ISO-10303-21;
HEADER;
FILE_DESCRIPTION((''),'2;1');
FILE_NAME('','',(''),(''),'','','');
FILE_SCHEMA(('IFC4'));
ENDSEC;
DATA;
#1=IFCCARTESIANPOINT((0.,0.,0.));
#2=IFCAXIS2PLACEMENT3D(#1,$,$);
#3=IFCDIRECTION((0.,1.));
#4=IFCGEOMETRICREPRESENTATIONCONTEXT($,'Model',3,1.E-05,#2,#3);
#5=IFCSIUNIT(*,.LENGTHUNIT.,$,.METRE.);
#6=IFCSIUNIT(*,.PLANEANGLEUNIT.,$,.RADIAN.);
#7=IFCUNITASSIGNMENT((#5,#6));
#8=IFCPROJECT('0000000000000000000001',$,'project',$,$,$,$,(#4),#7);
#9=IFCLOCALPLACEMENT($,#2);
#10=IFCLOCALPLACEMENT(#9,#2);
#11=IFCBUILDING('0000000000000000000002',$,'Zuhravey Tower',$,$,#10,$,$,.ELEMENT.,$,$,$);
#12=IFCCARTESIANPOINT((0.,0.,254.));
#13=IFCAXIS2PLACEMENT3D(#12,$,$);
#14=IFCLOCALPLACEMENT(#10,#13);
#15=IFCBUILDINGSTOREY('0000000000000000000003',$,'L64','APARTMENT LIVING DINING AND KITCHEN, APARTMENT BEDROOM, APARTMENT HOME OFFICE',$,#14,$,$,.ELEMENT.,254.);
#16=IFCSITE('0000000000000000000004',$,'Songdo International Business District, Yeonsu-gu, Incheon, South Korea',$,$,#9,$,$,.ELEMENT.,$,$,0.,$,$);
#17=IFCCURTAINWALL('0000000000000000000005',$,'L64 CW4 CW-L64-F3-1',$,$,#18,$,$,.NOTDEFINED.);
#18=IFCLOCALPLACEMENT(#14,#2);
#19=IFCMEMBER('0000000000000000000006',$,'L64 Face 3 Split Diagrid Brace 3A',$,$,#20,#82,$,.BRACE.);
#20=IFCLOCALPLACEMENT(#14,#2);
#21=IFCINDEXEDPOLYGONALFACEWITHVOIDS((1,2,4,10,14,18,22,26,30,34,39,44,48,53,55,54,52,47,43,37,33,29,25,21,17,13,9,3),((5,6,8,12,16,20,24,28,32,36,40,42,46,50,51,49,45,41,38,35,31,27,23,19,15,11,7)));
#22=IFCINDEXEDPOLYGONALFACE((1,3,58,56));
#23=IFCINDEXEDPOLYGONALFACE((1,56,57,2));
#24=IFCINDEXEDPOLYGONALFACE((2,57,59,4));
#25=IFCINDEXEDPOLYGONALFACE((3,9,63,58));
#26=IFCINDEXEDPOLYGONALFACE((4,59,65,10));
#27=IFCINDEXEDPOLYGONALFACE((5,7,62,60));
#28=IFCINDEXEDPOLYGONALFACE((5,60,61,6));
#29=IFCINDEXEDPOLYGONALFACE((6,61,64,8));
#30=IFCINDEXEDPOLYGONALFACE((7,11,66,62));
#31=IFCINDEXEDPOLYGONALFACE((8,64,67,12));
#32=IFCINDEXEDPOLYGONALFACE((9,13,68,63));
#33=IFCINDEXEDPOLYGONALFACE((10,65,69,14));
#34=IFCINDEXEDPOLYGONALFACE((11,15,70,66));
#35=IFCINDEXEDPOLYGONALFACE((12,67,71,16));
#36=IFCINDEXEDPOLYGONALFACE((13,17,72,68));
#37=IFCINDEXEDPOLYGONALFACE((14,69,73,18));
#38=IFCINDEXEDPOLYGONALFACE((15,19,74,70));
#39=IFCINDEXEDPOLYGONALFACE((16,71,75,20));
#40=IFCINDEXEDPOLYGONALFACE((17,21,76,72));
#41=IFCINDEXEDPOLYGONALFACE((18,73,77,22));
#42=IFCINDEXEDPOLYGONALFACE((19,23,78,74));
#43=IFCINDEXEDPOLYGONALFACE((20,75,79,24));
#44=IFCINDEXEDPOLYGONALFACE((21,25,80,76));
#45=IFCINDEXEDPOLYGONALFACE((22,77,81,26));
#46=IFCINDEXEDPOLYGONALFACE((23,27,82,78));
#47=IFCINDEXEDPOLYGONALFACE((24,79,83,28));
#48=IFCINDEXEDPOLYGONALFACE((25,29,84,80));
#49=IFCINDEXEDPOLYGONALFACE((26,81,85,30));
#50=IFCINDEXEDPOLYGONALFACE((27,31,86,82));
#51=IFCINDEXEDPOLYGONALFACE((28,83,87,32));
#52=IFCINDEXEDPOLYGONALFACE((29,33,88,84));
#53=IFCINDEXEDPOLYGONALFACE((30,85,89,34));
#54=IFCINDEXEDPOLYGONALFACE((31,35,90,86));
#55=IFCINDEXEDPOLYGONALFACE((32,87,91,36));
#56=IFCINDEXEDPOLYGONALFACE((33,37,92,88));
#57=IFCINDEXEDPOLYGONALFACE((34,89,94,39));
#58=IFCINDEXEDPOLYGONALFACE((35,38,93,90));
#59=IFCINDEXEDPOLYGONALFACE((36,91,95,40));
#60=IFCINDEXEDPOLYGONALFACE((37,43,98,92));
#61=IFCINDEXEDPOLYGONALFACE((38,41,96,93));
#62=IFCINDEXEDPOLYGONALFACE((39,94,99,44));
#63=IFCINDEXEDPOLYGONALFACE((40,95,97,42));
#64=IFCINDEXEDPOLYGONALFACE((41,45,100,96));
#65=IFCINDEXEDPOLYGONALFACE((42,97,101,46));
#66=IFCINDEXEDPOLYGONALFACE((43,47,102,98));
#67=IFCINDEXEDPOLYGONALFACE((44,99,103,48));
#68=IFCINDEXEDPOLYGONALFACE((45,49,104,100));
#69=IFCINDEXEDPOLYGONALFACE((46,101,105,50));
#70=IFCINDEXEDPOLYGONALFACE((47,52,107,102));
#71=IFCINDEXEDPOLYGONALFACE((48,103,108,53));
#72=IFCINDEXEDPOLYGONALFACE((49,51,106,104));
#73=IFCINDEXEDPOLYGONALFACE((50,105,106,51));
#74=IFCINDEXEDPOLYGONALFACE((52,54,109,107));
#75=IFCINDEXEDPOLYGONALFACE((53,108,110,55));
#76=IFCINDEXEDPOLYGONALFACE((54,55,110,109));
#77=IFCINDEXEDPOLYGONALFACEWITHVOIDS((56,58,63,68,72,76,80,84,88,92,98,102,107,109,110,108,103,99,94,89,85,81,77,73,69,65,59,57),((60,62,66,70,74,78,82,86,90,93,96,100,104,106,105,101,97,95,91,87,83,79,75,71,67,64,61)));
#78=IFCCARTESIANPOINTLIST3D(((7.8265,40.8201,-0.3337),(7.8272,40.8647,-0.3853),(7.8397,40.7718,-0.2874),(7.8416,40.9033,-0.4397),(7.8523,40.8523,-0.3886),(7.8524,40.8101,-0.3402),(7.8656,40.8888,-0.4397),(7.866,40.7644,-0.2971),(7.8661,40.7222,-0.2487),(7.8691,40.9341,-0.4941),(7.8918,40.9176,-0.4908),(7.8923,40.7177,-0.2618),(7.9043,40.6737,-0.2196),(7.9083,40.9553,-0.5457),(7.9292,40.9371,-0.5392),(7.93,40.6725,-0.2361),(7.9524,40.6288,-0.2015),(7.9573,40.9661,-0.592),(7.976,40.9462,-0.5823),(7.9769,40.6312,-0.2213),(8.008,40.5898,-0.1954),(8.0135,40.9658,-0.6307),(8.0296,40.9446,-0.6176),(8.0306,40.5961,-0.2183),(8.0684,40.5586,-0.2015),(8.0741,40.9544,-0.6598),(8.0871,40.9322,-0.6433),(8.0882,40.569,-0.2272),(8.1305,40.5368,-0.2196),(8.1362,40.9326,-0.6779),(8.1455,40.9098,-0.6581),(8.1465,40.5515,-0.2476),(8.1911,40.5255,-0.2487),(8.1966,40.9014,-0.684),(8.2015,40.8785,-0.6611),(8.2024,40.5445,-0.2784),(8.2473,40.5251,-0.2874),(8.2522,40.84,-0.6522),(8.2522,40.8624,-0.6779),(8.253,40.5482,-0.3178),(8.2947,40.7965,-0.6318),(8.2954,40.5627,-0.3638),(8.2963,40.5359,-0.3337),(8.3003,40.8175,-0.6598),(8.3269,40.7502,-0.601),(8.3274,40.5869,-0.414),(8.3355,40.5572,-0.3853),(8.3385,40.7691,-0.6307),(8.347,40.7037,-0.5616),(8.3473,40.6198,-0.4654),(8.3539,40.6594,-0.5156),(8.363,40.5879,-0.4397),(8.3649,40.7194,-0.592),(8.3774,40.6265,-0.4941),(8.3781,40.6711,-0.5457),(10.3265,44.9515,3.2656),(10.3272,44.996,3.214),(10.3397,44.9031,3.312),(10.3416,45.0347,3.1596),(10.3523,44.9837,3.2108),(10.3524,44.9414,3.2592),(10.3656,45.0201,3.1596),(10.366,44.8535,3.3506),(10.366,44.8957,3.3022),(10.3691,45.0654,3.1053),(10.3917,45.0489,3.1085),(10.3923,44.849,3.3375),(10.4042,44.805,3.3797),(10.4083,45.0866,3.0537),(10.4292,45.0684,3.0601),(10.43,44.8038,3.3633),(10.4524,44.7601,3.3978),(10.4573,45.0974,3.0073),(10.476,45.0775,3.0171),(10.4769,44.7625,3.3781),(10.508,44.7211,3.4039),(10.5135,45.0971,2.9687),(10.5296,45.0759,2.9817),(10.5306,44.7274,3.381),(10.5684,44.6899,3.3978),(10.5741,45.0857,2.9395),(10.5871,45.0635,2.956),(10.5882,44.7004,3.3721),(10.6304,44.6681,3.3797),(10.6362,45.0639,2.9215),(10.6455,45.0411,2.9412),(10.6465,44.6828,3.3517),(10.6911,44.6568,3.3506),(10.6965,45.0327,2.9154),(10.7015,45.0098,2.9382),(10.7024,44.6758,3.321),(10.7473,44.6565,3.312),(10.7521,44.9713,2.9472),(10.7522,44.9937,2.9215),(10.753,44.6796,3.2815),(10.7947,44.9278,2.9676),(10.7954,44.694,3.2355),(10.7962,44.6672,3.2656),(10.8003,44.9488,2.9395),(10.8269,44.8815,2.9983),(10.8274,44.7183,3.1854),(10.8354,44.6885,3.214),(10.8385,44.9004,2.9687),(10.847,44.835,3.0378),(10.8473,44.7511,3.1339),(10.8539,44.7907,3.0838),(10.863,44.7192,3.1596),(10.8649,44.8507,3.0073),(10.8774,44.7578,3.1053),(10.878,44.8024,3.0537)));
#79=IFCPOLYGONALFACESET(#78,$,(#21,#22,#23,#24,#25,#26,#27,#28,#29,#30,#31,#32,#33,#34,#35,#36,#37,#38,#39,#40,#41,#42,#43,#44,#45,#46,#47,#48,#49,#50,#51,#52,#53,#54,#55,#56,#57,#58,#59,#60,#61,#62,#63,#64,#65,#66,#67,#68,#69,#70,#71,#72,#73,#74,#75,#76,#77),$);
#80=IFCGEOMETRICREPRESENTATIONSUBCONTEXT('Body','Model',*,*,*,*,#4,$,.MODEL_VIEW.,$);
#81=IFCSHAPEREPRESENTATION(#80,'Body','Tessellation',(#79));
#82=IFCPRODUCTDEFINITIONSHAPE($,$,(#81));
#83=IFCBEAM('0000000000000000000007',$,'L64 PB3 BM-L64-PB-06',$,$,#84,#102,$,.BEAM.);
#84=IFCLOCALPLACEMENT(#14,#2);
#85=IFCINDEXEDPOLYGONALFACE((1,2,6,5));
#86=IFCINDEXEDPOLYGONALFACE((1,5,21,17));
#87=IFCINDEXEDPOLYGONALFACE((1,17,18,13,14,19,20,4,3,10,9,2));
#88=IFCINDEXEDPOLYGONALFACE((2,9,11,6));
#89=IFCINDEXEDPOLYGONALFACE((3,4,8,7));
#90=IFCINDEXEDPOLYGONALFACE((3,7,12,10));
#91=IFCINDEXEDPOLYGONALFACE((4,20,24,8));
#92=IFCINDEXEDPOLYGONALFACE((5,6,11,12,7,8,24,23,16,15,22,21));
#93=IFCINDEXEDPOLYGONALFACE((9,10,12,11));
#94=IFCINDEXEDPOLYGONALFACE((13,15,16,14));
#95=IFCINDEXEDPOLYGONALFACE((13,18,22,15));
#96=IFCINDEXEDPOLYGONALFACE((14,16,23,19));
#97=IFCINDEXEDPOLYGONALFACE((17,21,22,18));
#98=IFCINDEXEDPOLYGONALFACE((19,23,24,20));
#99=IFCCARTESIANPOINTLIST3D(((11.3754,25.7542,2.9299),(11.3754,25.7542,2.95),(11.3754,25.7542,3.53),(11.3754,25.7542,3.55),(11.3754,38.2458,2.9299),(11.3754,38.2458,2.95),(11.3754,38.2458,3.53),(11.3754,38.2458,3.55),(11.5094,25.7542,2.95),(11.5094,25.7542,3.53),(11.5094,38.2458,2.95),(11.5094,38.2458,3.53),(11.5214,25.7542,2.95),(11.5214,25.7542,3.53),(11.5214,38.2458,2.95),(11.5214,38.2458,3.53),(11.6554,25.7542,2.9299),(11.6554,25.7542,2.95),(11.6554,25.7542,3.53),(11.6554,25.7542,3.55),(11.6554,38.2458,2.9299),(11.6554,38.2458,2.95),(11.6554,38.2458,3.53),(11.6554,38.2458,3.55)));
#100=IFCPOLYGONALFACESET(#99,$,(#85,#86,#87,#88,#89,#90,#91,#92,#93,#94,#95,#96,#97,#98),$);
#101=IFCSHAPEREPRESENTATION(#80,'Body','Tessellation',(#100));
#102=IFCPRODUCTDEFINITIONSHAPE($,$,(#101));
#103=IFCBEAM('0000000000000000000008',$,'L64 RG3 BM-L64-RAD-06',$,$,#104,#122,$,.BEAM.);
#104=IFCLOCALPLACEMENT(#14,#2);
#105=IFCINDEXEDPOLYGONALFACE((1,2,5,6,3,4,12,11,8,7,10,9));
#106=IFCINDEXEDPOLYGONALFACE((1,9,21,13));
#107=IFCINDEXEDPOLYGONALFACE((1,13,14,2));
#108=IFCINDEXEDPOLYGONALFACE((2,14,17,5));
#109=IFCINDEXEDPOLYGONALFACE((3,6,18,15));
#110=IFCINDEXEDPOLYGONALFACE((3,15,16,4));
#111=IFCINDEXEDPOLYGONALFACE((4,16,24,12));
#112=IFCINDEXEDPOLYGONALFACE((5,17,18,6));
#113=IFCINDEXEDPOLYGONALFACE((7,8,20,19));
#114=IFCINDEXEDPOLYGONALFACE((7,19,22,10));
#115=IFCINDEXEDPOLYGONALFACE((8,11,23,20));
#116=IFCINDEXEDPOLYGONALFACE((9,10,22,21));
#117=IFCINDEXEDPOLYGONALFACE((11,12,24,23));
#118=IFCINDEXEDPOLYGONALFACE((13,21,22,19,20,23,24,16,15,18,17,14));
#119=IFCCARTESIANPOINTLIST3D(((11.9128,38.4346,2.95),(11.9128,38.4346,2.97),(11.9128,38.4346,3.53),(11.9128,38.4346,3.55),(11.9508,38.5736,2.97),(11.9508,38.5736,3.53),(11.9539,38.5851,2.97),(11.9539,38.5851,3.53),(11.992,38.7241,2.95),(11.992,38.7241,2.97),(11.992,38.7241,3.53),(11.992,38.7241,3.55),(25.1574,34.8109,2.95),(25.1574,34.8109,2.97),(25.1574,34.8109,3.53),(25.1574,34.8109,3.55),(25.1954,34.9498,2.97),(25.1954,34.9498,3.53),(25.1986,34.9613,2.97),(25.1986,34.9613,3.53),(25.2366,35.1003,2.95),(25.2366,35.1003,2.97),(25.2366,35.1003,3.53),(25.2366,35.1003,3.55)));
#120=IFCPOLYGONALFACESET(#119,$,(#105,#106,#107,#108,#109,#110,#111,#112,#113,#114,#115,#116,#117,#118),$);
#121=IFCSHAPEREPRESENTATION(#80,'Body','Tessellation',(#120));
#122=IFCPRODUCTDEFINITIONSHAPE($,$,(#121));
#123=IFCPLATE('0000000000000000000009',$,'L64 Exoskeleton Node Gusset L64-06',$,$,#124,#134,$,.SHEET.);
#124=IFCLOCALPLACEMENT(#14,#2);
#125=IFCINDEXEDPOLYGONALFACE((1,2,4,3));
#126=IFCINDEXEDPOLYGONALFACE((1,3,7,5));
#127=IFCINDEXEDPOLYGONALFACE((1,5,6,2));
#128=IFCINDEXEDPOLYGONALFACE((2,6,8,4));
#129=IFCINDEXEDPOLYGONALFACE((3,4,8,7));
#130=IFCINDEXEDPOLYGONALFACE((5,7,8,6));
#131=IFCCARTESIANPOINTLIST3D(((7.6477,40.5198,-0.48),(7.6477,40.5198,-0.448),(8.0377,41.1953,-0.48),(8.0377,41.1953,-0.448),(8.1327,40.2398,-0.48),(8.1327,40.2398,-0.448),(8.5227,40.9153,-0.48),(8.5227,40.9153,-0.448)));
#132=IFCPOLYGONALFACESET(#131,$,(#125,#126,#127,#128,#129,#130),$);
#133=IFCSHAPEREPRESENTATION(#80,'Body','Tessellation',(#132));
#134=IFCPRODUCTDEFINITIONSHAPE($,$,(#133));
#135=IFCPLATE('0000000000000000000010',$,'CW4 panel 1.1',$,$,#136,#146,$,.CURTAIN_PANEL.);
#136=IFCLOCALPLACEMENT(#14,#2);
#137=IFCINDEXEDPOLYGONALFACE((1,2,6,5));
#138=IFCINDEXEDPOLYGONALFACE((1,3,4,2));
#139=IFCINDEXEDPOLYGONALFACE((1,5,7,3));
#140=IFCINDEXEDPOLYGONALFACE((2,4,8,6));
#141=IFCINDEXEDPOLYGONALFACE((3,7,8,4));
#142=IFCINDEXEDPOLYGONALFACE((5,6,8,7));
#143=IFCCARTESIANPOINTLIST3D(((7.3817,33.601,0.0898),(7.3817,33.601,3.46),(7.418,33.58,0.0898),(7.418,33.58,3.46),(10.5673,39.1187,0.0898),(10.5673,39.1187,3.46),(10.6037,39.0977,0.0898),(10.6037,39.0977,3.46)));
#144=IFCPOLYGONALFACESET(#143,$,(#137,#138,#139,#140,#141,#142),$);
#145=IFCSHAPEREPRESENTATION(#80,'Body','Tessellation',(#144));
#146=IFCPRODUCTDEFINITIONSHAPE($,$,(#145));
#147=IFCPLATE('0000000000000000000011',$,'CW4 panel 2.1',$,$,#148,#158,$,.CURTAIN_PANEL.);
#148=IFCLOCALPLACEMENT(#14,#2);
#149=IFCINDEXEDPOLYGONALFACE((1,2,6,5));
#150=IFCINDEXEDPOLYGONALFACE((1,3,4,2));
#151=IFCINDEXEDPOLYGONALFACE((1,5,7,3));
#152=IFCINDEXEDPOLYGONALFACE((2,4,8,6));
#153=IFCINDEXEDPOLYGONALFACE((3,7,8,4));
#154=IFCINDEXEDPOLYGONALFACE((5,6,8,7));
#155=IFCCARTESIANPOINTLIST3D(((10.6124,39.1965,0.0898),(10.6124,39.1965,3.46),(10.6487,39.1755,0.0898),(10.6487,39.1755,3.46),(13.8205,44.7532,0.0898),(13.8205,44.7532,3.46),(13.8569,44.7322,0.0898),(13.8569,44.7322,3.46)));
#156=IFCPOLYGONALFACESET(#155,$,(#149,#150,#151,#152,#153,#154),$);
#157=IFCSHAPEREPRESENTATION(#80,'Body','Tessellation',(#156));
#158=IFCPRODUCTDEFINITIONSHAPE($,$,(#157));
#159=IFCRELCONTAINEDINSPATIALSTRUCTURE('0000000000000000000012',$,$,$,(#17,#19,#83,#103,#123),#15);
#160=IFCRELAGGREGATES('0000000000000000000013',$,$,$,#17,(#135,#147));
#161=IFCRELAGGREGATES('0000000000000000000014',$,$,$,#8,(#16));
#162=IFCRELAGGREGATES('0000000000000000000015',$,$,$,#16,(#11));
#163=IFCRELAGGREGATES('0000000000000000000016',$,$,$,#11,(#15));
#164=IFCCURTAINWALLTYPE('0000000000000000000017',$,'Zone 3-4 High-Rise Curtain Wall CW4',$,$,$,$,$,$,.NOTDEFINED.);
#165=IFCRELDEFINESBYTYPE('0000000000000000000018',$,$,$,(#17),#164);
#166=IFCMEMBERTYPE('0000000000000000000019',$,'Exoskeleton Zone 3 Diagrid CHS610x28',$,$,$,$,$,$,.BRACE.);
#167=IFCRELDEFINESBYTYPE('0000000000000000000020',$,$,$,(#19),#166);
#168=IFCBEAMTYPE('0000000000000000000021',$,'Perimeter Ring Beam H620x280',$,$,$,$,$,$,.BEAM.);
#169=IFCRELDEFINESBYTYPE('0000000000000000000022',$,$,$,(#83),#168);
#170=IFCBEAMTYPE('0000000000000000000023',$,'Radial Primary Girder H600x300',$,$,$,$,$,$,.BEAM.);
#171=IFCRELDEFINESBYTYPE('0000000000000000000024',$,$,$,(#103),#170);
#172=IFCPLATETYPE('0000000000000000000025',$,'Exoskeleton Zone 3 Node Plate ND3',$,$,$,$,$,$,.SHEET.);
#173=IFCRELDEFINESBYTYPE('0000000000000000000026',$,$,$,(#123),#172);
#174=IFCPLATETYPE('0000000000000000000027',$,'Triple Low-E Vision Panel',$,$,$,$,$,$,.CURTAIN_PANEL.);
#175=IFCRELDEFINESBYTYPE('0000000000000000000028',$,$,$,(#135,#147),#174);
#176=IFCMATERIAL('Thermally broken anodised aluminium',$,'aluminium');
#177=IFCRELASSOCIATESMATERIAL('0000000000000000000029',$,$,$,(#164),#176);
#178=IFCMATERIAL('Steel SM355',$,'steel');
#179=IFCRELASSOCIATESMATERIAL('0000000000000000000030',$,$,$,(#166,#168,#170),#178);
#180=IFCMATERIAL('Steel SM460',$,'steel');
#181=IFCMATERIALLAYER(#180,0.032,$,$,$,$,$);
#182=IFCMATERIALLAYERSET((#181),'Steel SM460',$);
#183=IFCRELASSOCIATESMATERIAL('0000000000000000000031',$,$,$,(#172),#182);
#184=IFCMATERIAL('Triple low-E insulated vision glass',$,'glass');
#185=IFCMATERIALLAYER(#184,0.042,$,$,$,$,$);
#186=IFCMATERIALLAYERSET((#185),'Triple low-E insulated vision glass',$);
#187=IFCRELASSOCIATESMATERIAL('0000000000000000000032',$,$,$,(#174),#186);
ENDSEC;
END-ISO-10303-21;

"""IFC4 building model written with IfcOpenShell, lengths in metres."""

from ifc_helpers import new_model, si_unit, direction, frame, origin, origin_2d, place, context, subcontext, project, spatial, rectangle, hollow_circle, i_section, extrude, material, layer, layer_set, material_profile, profile_set, type_object, element, aggregate, save


model = new_model("IFC4")

# Units and contexts
model_context = context("Model", 3, precision=1e-05, world=origin(), true_north=direction((0.0, 1.0)))
body_context = subcontext(model_context, "Body", "Model", "MODEL_VIEW")
ifc_project = project(units=[si_unit("LENGTHUNIT", "METRE"), si_unit("PLANEANGLEUNIT", "RADIAN")], contexts=[model_context])

# Site, building, storey
site_placement = place(None, origin())
site = spatial("IfcSite", under=ifc_project, at=site_placement, Name="Songdo International Business District, Yeonsu-gu, Incheon, South Korea", CompositionType="ELEMENT", RefElevation=0.0)
building_placement = place(site_placement, origin())
building = spatial("IfcBuilding", under=site, at=building_placement, Name="Zuhravey Tower", CompositionType="ELEMENT")
storey_placement = place(building_placement, frame((0.0, 0.0, 254.0)))
storey = spatial("IfcBuildingStorey", under=building, at=storey_placement, Name="L64", Description="APARTMENT LIVING DINING AND KITCHEN, APARTMENT BEDROOM, APARTMENT HOME OFFICE", CompositionType="ELEMENT", Elevation=254.0)

# Curtain wall
ifc_material_1 = material(Name="Thermally broken anodised aluminium", Category="aluminium")
curtain_wall_type = type_object("IfcCurtainWallType", Name="Zone 3-4 High-Rise Curtain Wall CW4", PredefinedType="NOTDEFINED", material=ifc_material_1)
curtain_wall_placement = place(storey_placement, origin())
curtain_wall = element("IfcCurtainWall", 1, at=curtain_wall_placement, inside=storey, type_object=curtain_wall_type, Name="L64 CW4 CW-L64-F3-1", PredefinedType="NOTDEFINED")

# Member
ifc_material_2 = material(Name="Steel SM355", Category="steel")
ifc_material_profile_1 = material_profile(ifc_material_2, hollow_circle(Radius=0.3047, WallThickness=0.0281, at=origin_2d()), Name="CHS-609.6x28")
ifc_profile_set_1 = profile_set([ifc_material_profile_1], Name="Steel SM355")
member_type_1 = type_object("IfcMemberType", Name="Exoskeleton Zone 3 Diagrid CHS610x28", PredefinedType="BRACE", material=ifc_profile_set_1)
member_1_placement = place(storey_placement, frame((8.1023, 40.7456, -0.4397), z_axis=(0.415093, 0.685958, 0.597629), x_axis=(-0.855551, 0.517719, 0.0)))
element("IfcMember", 2, at=member_1_placement, inside=storey, type_object=member_type_1, Name="L64 Face 3 Split Diagrid Brace 3A", PredefinedType="BRACE", context=body_context, shape_type="SweptSolid", body=[
    extrude(hollow_circle(Radius=0.3047, WallThickness=0.0281, at=origin_2d()), origin(), (0.0, 0.0, 1.0), 6.0227),
])

# Beams
ifc_material_profile_2 = material_profile(ifc_material_2, i_section(OverallWidth=0.28, OverallDepth=0.6201, WebThickness=0.012, FlangeThickness=0.02, at=origin_2d()), Name="H-620x280x12x20")
ifc_profile_set_2 = profile_set([ifc_material_profile_2], Name="Steel SM355")
beam_type_1 = type_object("IfcBeamType", Name="Perimeter Ring Beam H620x280", PredefinedType="BEAM", material=ifc_profile_set_2)
beam_1_placement = place(storey_placement, frame((11.5154, 38.2458, 3.24), z_axis=(0.0, -1.0, 0.0), x_axis=(1.0, 0.0, 0.0)))
element("IfcBeam", 3, at=beam_1_placement, inside=storey, type_object=beam_type_1, Name="L64 PB3 BM-L64-PB-06", PredefinedType="BEAM", context=body_context, shape_type="SweptSolid", body=[
    extrude(i_section(OverallWidth=0.28, OverallDepth=0.6201, WebThickness=0.012, FlangeThickness=0.02, at=origin_2d()), origin(), (0.0, 0.0, 1.0), 12.4917),
])
ifc_material_profile_3 = material_profile(ifc_material_2, i_section(OverallWidth=0.3, OverallDepth=0.6001, WebThickness=0.012, FlangeThickness=0.02, at=origin_2d()), Name="H-600x300x12x20")
ifc_profile_set_3 = profile_set([ifc_material_profile_3], Name="Steel SM355")
beam_type_2 = type_object("IfcBeamType", Name="Radial Primary Girder H600x300", PredefinedType="BEAM", material=ifc_profile_set_3)
beam_2_placement = place(storey_placement, frame((25.197, 34.9556, 3.25), z_axis=(-0.964549, 0.263904, 0.0), x_axis=(-0.263904, -0.964549, 0.0)))
element("IfcBeam", 4, at=beam_2_placement, inside=storey, type_object=beam_type_2, Name="L64 RG3 BM-L64-RAD-06", PredefinedType="BEAM", context=body_context, shape_type="SweptSolid", body=[
    extrude(i_section(OverallWidth=0.3, OverallDepth=0.6001, WebThickness=0.012, FlangeThickness=0.02, at=origin_2d()), origin(), (0.0, 0.0, 1.0), 13.7314),
])

# Plates
ifc_material_3 = material(Name="Steel SM460", Category="steel")
ifc_layer_1 = layer(ifc_material_3, 0.032)
ifc_layer_set_1 = layer_set([ifc_layer_1], Name="Steel SM460")
plate_type_1 = type_object("IfcPlateType", Name="Exoskeleton Zone 3 Node Plate ND3", PredefinedType="SHEET", material=ifc_layer_set_1)
plate_1_placement = place(storey_placement, frame((8.0852, 40.7175, -0.48), z_axis=(0.0, 0.0, 1.0), x_axis=(-0.5, -0.866025, 0.0)))
element("IfcPlate", 5, at=plate_1_placement, inside=storey, type_object=plate_type_1, Name="L64 Exoskeleton Node Gusset L64-06", PredefinedType="SHEET", context=body_context, shape_type="SweptSolid", body=[
    extrude(rectangle(XDim=0.78, YDim=0.5601, at=origin_2d()), origin(), (0.0, 0.0, 1.0), 0.032),
])
ifc_material_4 = material(Name="Triple low-E insulated vision glass", Category="glass")
ifc_layer_2 = layer(ifc_material_4, 0.042)
ifc_layer_set_2 = layer_set([ifc_layer_2], Name="Triple low-E insulated vision glass")
plate_type_2 = type_object("IfcPlateType", Name="Triple Low-E Vision Panel", PredefinedType="CURTAIN_PANEL", material=ifc_layer_set_2)
plate_2_placement = place(storey_placement, frame((8.9927, 36.3494, 0.0898), z_axis=(0.0, 0.0, 1.0), x_axis=(0.500001, 0.866025, 0.0)))
plate_2 = element("IfcPlate", 6, at=plate_2_placement, type_object=plate_type_2, Name="CW4 panel 1.1", PredefinedType="CURTAIN_PANEL", context=body_context, shape_type="SweptSolid", body=[
    extrude(rectangle(XDim=6.3713, YDim=0.042, at=origin_2d()), origin(), (0.0, 0.0, 1.0), 3.3701),
])
plate_3_placement = place(storey_placement, frame((12.2346, 41.9644, 0.0898), z_axis=(0.0, 0.0, 1.0), x_axis=(0.500001, 0.866025, 0.0)))
plate_3 = element("IfcPlate", 7, at=plate_3_placement, type_object=plate_type_2, Name="CW4 panel 2.1", PredefinedType="CURTAIN_PANEL", context=body_context, shape_type="SweptSolid", body=[
    extrude(rectangle(XDim=6.4163, YDim=0.042, at=origin_2d()), origin(), (0.0, 0.0, 1.0), 3.3701),
])
aggregate(curtain_wall, [plate_2, plate_3])

save(model, "model.ifc")
